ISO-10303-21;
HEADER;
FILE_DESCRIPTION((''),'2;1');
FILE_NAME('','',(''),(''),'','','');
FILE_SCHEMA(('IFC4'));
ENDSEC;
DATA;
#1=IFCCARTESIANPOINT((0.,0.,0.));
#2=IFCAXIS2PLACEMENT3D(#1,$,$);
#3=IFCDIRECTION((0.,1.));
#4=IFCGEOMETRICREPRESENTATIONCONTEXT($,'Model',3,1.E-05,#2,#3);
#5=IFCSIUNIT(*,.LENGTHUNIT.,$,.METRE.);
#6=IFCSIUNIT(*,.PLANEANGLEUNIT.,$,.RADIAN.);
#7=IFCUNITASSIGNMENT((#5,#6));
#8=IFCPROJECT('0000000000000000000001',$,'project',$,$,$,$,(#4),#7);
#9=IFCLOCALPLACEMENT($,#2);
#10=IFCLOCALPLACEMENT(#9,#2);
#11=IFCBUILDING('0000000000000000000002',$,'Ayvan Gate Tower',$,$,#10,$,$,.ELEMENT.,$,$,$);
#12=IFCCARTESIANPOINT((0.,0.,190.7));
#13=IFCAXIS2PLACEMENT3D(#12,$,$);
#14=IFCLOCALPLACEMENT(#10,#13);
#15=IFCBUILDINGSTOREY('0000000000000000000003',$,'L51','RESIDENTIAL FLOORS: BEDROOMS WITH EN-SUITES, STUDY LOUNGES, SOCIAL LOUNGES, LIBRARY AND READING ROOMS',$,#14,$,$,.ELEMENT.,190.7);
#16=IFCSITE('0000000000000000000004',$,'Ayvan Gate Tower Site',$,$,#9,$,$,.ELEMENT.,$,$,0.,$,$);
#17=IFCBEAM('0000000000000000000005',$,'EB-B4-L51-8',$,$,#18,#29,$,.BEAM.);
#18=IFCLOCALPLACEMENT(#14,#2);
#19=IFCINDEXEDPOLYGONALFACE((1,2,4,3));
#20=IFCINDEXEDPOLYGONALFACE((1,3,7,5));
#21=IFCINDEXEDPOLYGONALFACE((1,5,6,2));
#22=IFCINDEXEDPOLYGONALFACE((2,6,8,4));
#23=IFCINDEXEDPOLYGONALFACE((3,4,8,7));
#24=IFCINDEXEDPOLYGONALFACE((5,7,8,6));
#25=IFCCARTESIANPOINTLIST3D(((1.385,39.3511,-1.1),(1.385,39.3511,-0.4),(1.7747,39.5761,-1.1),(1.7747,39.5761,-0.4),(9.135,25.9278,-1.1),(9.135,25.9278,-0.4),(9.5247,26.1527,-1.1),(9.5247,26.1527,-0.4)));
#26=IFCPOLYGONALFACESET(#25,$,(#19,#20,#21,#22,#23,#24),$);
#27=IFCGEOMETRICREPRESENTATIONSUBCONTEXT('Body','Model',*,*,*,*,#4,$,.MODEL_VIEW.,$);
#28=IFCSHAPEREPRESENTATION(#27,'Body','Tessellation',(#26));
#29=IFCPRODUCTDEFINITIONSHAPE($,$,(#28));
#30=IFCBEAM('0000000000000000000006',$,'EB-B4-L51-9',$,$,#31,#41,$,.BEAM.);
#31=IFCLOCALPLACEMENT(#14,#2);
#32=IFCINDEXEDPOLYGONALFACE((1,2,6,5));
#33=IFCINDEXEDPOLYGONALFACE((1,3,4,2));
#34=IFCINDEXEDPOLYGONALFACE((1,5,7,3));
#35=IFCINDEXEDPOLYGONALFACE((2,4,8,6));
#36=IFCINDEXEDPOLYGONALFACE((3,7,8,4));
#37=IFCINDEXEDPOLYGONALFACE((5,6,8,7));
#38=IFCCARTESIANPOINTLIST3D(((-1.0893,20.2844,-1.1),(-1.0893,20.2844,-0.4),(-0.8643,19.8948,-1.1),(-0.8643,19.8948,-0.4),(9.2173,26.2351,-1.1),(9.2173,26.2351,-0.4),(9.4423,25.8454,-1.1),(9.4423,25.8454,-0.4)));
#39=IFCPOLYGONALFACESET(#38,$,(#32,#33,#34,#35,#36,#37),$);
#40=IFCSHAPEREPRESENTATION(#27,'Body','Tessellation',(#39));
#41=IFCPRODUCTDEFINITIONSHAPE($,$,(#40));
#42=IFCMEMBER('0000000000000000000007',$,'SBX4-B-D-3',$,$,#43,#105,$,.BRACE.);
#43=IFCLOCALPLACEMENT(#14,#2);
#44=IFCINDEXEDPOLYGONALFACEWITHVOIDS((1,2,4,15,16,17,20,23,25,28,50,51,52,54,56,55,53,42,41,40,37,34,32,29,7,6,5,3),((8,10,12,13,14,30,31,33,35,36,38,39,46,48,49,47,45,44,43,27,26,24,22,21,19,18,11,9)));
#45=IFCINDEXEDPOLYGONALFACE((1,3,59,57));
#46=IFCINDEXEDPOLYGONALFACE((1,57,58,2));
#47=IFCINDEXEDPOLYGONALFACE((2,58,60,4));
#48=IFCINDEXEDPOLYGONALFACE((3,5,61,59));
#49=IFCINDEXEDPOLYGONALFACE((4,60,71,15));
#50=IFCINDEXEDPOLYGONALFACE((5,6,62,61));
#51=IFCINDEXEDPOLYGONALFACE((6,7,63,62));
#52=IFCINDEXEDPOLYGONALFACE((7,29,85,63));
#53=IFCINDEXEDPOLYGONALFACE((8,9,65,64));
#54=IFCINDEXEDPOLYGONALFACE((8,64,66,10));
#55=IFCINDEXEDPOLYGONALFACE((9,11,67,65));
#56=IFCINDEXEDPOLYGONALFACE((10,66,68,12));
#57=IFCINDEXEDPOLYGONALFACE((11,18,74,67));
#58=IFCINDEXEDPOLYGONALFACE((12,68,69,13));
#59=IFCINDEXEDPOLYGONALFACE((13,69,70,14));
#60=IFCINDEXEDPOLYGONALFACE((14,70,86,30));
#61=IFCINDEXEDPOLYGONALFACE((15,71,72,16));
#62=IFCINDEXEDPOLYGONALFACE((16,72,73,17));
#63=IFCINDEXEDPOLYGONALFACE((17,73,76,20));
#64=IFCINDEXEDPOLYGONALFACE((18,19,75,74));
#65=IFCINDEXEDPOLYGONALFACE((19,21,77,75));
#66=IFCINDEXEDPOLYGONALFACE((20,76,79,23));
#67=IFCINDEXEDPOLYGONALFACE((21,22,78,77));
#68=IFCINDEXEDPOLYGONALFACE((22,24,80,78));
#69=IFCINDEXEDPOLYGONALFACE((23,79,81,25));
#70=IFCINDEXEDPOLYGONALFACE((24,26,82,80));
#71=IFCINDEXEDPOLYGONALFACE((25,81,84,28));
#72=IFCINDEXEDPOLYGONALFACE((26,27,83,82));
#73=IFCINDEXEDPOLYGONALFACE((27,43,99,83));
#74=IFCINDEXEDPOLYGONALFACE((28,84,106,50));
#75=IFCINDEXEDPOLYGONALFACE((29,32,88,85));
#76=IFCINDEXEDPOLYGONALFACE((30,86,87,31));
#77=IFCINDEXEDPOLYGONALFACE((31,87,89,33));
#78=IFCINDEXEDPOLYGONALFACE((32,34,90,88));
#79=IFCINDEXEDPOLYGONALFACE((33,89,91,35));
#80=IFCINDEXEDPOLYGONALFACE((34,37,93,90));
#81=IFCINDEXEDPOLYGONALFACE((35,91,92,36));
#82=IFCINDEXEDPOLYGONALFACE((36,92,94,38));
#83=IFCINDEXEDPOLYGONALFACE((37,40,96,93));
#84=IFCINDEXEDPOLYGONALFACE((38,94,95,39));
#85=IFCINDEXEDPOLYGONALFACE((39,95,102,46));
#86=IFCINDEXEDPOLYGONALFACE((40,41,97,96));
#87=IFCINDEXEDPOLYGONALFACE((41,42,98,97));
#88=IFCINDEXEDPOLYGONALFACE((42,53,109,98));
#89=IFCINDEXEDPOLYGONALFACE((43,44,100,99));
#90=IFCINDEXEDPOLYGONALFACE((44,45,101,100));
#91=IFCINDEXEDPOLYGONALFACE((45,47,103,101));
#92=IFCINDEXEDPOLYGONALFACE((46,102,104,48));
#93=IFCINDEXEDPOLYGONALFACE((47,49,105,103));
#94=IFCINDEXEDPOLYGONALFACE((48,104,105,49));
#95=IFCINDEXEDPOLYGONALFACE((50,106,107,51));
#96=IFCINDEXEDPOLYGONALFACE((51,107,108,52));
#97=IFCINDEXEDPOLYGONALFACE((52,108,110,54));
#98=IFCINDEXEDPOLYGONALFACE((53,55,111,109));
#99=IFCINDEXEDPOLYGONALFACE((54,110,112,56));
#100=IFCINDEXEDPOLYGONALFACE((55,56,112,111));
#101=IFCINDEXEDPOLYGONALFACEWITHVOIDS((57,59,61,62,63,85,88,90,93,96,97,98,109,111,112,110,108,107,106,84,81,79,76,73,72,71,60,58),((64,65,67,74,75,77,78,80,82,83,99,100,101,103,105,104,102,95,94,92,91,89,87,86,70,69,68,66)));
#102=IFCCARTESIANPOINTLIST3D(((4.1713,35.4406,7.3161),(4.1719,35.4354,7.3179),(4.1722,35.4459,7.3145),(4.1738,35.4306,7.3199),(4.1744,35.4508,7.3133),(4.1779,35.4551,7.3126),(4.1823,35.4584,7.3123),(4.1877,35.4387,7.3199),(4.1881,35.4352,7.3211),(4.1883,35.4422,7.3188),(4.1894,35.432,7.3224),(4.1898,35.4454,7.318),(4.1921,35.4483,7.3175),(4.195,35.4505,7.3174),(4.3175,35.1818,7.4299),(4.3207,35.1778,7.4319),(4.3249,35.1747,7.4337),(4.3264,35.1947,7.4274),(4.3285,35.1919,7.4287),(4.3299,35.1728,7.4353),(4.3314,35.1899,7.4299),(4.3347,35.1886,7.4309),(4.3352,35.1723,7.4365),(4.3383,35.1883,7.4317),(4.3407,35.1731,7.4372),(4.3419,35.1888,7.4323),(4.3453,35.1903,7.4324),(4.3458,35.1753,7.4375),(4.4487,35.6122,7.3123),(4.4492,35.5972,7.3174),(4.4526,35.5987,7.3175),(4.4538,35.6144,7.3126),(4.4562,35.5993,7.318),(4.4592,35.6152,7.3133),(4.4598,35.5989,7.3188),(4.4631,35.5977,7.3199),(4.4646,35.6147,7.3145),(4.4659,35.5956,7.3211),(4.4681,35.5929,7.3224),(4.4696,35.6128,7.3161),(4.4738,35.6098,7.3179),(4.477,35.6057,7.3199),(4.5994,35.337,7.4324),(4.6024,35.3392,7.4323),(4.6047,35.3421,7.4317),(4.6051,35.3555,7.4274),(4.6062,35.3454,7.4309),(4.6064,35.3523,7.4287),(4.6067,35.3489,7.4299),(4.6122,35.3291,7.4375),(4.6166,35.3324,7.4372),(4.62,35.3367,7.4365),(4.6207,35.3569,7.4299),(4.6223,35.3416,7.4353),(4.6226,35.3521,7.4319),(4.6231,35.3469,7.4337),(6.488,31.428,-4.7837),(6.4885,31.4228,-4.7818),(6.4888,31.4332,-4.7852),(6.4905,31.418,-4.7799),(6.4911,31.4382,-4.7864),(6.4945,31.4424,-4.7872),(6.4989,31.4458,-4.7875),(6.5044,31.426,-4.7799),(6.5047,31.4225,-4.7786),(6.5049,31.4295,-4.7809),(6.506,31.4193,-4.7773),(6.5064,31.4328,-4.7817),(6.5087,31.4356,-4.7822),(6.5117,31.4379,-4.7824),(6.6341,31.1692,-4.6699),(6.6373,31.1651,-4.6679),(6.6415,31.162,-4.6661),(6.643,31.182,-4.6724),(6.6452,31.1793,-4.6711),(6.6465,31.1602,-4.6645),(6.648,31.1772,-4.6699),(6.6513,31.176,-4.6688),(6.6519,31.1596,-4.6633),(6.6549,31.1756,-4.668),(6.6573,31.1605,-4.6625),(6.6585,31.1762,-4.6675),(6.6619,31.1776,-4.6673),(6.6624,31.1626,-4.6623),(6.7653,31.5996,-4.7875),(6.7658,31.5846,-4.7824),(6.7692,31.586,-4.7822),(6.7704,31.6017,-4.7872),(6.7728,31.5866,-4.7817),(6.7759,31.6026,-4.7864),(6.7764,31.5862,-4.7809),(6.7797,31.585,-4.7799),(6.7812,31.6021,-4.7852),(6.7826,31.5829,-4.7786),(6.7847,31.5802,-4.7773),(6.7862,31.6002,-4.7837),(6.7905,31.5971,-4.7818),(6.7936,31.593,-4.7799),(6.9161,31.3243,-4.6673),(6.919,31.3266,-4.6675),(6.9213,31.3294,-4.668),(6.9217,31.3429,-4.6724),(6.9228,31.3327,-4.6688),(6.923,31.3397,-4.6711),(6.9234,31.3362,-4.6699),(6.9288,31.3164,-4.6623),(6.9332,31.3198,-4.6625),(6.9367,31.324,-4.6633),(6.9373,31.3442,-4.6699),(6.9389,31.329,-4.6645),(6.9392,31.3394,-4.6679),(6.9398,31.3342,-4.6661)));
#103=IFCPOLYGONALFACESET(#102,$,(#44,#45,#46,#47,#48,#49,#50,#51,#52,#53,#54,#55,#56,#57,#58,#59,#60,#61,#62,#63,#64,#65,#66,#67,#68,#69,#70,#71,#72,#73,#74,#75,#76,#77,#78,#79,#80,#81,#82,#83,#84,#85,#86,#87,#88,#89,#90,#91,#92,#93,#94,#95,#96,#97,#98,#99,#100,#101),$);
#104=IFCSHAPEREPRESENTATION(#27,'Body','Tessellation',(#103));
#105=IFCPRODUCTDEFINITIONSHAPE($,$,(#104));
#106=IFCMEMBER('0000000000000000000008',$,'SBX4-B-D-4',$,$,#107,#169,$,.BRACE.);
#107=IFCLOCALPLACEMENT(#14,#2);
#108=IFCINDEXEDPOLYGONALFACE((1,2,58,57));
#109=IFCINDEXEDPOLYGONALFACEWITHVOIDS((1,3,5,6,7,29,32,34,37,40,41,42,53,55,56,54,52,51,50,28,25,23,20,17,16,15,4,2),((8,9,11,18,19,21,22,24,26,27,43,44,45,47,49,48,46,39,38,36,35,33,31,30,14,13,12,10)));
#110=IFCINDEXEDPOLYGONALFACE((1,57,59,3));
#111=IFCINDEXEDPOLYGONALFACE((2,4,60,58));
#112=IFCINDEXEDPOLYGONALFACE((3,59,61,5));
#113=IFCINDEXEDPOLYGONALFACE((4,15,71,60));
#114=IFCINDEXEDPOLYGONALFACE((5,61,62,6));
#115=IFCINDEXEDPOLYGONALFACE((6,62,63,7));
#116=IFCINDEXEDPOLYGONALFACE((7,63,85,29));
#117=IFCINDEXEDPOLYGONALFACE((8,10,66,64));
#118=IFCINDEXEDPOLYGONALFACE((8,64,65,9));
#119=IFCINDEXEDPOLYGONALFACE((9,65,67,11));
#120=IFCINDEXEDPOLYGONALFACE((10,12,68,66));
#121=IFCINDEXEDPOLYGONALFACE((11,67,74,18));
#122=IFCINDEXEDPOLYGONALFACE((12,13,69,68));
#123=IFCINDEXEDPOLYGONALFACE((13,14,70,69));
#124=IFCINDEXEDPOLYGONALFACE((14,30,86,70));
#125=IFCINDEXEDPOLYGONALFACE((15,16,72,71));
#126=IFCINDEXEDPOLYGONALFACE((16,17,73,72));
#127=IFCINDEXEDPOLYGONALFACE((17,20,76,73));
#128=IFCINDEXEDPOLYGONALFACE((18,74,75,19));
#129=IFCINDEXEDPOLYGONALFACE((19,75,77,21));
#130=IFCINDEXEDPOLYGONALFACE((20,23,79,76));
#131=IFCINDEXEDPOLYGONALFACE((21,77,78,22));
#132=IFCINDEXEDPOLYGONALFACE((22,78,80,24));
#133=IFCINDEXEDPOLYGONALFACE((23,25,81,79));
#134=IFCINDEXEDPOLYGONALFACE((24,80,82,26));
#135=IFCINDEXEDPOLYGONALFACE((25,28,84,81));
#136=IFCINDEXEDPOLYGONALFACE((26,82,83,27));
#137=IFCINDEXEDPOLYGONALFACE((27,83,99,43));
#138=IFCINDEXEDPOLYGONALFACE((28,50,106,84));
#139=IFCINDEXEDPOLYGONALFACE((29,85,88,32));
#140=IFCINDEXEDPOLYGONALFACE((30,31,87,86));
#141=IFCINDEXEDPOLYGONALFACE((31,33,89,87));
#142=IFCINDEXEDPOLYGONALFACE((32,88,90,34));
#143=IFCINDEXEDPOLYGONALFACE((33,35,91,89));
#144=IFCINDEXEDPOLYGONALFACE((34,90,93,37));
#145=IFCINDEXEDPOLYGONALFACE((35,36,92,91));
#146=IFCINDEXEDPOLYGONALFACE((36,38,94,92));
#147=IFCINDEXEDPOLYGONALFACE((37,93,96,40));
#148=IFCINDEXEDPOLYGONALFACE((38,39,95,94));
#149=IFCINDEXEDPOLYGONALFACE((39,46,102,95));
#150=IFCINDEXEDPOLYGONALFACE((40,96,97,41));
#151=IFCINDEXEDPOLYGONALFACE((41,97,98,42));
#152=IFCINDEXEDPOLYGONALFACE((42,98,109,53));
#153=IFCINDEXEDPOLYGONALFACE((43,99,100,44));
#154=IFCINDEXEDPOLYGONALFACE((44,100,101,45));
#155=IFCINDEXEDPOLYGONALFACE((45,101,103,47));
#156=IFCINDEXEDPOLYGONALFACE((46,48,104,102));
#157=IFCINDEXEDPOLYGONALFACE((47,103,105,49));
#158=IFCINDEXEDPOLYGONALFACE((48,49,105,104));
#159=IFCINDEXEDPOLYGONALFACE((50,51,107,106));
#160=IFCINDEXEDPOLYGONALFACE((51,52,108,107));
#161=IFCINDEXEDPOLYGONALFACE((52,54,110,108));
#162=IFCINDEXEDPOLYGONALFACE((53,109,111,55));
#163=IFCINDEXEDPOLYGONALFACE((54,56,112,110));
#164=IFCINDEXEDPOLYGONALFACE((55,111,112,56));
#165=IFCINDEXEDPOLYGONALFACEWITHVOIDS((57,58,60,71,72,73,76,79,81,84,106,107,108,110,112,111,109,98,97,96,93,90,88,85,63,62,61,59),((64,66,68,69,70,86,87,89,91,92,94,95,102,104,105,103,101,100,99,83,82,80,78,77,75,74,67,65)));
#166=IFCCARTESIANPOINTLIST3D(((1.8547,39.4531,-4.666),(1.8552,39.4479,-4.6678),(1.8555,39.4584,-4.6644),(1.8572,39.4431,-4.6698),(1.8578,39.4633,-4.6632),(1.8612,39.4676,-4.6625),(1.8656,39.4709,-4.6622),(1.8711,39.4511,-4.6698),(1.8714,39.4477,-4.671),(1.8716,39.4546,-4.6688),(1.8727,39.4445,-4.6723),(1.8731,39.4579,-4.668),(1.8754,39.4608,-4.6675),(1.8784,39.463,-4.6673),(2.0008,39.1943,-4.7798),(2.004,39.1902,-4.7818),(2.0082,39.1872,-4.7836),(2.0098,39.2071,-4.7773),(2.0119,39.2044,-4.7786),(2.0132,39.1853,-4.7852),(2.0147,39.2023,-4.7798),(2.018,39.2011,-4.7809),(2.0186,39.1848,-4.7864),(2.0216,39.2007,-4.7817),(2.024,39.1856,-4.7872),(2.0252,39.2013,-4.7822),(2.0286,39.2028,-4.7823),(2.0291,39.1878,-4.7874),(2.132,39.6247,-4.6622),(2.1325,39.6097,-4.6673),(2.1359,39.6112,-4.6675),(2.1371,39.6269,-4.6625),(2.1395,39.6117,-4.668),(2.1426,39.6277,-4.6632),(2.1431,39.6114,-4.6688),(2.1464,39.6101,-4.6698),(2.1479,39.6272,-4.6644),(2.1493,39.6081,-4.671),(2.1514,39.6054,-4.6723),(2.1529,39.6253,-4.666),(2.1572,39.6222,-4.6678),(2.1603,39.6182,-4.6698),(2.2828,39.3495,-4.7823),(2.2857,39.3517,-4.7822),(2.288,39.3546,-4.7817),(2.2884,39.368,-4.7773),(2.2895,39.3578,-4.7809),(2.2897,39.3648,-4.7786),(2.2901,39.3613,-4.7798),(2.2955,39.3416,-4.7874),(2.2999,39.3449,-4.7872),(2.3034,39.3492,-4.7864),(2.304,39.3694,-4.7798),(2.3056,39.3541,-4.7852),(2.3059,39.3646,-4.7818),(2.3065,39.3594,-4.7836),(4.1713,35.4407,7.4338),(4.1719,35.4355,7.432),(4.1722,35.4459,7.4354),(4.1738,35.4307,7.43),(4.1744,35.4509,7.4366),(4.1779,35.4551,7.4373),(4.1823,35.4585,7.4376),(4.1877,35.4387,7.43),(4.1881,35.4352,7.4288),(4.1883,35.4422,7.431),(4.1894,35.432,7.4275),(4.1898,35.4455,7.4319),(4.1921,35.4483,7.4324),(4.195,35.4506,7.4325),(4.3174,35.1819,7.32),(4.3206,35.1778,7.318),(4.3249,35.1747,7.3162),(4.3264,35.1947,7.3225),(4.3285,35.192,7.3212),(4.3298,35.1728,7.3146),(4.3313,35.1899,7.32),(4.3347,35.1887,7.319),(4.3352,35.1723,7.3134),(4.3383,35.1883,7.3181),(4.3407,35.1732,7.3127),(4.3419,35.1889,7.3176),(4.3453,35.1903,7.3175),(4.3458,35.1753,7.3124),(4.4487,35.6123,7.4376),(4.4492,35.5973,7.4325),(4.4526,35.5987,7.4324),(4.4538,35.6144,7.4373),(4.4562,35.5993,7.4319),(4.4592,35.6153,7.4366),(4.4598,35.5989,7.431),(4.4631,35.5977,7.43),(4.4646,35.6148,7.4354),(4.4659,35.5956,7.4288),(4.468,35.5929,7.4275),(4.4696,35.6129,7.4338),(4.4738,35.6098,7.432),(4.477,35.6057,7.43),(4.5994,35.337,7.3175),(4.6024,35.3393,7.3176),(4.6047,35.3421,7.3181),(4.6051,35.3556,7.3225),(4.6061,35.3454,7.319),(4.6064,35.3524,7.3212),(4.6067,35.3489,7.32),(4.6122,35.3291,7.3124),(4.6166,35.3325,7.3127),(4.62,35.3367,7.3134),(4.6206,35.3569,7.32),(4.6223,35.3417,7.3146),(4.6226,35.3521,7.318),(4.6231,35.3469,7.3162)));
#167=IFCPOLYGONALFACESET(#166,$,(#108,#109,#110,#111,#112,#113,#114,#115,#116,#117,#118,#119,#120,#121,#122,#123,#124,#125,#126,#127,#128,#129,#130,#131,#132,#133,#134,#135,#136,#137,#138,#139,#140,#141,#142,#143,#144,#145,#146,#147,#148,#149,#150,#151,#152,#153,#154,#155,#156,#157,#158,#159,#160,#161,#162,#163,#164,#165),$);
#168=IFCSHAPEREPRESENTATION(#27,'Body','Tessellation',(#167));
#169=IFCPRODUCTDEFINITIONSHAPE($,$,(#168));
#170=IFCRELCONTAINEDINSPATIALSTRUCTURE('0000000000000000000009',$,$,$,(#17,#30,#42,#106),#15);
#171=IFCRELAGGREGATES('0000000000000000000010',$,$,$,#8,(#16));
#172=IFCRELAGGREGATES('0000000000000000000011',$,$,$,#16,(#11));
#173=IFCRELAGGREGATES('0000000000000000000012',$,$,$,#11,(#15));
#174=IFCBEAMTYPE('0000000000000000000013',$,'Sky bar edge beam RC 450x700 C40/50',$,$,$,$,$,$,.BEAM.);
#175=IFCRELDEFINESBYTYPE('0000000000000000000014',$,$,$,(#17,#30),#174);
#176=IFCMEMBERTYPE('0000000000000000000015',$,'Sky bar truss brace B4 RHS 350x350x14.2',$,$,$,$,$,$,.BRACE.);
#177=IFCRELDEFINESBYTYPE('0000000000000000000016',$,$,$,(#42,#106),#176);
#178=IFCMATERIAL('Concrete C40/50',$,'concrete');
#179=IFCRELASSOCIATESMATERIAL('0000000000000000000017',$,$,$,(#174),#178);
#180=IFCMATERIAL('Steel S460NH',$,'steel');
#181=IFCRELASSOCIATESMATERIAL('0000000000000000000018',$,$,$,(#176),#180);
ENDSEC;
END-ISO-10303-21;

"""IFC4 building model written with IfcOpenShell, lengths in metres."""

from ifc_helpers import new_model, si_unit, direction, frame, origin, origin_2d, place, context, subcontext, project, spatial, rectangle, hollow_rectangle, extrude, material, material_profile, profile_set, type_object, element, save


model = new_model("IFC4")

# Units and contexts
model_context = context("Model", 3, precision=1e-05, world=origin(), true_north=direction((0.0, 1.0)))
body_context = subcontext(model_context, "Body", "Model", "MODEL_VIEW")
ifc_project = project(units=[si_unit("LENGTHUNIT", "METRE"), si_unit("PLANEANGLEUNIT", "RADIAN")], contexts=[model_context])

# Site, building, storey
site_placement = place(None, origin())
site = spatial("IfcSite", under=ifc_project, at=site_placement, Name="Ayvan Gate Tower Site", CompositionType="ELEMENT", RefElevation=0.0)
building_placement = place(site_placement, origin())
building = spatial("IfcBuilding", under=site, at=building_placement, Name="Ayvan Gate Tower", CompositionType="ELEMENT")
storey_placement = place(building_placement, frame((0.0, 0.0, 190.7)))
storey = spatial("IfcBuildingStorey", under=building, at=storey_placement, Name="L51", Description="RESIDENTIAL FLOORS: BEDROOMS WITH EN-SUITES, STUDY LOUNGES, SOCIAL LOUNGES, LIBRARY AND READING ROOMS", CompositionType="ELEMENT", Elevation=190.7)

# Beams
ifc_material_1 = material(Name="Concrete C40/50", Category="concrete")
ifc_material_profile_1 = material_profile(ifc_material_1, rectangle(XDim=0.45, YDim=0.7, at=origin_2d()), Name="RC 450x700")
ifc_profile_set_1 = profile_set([ifc_material_profile_1], Name="Concrete C40/50")
beam_type = type_object("IfcBeamType", Name="Sky bar edge beam RC 450x700 C40/50", PredefinedType="BEAM", material=ifc_profile_set_1)
beam_1_placement = place(storey_placement, frame((1.5798, 39.4636, -0.75), z_axis=(0.500002, -0.866025, 0.0), x_axis=(0.866025, 0.500002, 0.0)))
element("IfcBeam", 1, at=beam_1_placement, inside=storey, type_object=beam_type, Name="EB-B4-L51-8", PredefinedType="BEAM", context=body_context, shape_type="SweptSolid", body=[
    extrude(rectangle(XDim=0.45, YDim=0.7, at=origin_2d()), origin(), (0.0, 0.0, 1.0), 15.5),
])
beam_2_placement = place(storey_placement, frame((9.3298, 26.0403, -0.75), z_axis=(-0.86602, -0.500009, 0.0), x_axis=(0.500009, -0.86602, 0.0)))
element("IfcBeam", 2, at=beam_2_placement, inside=storey, type_object=beam_type, Name="EB-B4-L51-9", PredefinedType="BEAM", context=body_context, shape_type="SweptSolid", body=[
    extrude(rectangle(XDim=0.45, YDim=0.7, at=origin_2d()), origin(), (0.0, 0.0, 1.0), 11.9011),
])

# Members
ifc_material_2 = material(Name="Steel S460NH", Category="steel")
ifc_material_profile_2 = material_profile(ifc_material_2, hollow_rectangle(XDim=0.3501, YDim=0.3501, WallThickness=0.0142, InnerFilletRadius=0.0142, OuterFilletRadius=0.0212, at=origin_2d()), Name="RHS 350x350x14.2")
ifc_profile_set_2 = profile_set([ifc_material_profile_2], Name="Steel S460NH")
member_type_1 = type_object("IfcMemberType", Name="Sky bar truss brace B4 RHS 350x350x14.2", PredefinedType="BRACE", material=ifc_profile_set_2)
for number, where, z_axis, x_axis, name in (
    (3, (6.7139, 31.3811, -4.7249), (-0.1788, 0.309701, 0.933871), (-0.866033, -0.499987, 0.0), "SBX4-B-D-3"),
    (4, (4.3972, 35.3938, 7.375), (-0.178801, 0.309684, -0.933877), (-0.86602, -0.50001, 0.0), "SBX4-B-D-4"),
):
    element("IfcMember", number, at=place(storey_placement, frame(where, z_axis=z_axis, x_axis=x_axis)), inside=storey, type_object=member_type_1, Name=name, PredefinedType="BRACE", context=body_context, shape_type="SweptSolid", body=[
        extrude(hollow_rectangle(XDim=0.3501, YDim=0.3501, WallThickness=0.0142, InnerFilletRadius=0.0142, OuterFilletRadius=0.0212, at=origin_2d()), origin(), (0.0, 0.0, 1.0), 12.9565),
    ])

save(model, "model.ifc")
